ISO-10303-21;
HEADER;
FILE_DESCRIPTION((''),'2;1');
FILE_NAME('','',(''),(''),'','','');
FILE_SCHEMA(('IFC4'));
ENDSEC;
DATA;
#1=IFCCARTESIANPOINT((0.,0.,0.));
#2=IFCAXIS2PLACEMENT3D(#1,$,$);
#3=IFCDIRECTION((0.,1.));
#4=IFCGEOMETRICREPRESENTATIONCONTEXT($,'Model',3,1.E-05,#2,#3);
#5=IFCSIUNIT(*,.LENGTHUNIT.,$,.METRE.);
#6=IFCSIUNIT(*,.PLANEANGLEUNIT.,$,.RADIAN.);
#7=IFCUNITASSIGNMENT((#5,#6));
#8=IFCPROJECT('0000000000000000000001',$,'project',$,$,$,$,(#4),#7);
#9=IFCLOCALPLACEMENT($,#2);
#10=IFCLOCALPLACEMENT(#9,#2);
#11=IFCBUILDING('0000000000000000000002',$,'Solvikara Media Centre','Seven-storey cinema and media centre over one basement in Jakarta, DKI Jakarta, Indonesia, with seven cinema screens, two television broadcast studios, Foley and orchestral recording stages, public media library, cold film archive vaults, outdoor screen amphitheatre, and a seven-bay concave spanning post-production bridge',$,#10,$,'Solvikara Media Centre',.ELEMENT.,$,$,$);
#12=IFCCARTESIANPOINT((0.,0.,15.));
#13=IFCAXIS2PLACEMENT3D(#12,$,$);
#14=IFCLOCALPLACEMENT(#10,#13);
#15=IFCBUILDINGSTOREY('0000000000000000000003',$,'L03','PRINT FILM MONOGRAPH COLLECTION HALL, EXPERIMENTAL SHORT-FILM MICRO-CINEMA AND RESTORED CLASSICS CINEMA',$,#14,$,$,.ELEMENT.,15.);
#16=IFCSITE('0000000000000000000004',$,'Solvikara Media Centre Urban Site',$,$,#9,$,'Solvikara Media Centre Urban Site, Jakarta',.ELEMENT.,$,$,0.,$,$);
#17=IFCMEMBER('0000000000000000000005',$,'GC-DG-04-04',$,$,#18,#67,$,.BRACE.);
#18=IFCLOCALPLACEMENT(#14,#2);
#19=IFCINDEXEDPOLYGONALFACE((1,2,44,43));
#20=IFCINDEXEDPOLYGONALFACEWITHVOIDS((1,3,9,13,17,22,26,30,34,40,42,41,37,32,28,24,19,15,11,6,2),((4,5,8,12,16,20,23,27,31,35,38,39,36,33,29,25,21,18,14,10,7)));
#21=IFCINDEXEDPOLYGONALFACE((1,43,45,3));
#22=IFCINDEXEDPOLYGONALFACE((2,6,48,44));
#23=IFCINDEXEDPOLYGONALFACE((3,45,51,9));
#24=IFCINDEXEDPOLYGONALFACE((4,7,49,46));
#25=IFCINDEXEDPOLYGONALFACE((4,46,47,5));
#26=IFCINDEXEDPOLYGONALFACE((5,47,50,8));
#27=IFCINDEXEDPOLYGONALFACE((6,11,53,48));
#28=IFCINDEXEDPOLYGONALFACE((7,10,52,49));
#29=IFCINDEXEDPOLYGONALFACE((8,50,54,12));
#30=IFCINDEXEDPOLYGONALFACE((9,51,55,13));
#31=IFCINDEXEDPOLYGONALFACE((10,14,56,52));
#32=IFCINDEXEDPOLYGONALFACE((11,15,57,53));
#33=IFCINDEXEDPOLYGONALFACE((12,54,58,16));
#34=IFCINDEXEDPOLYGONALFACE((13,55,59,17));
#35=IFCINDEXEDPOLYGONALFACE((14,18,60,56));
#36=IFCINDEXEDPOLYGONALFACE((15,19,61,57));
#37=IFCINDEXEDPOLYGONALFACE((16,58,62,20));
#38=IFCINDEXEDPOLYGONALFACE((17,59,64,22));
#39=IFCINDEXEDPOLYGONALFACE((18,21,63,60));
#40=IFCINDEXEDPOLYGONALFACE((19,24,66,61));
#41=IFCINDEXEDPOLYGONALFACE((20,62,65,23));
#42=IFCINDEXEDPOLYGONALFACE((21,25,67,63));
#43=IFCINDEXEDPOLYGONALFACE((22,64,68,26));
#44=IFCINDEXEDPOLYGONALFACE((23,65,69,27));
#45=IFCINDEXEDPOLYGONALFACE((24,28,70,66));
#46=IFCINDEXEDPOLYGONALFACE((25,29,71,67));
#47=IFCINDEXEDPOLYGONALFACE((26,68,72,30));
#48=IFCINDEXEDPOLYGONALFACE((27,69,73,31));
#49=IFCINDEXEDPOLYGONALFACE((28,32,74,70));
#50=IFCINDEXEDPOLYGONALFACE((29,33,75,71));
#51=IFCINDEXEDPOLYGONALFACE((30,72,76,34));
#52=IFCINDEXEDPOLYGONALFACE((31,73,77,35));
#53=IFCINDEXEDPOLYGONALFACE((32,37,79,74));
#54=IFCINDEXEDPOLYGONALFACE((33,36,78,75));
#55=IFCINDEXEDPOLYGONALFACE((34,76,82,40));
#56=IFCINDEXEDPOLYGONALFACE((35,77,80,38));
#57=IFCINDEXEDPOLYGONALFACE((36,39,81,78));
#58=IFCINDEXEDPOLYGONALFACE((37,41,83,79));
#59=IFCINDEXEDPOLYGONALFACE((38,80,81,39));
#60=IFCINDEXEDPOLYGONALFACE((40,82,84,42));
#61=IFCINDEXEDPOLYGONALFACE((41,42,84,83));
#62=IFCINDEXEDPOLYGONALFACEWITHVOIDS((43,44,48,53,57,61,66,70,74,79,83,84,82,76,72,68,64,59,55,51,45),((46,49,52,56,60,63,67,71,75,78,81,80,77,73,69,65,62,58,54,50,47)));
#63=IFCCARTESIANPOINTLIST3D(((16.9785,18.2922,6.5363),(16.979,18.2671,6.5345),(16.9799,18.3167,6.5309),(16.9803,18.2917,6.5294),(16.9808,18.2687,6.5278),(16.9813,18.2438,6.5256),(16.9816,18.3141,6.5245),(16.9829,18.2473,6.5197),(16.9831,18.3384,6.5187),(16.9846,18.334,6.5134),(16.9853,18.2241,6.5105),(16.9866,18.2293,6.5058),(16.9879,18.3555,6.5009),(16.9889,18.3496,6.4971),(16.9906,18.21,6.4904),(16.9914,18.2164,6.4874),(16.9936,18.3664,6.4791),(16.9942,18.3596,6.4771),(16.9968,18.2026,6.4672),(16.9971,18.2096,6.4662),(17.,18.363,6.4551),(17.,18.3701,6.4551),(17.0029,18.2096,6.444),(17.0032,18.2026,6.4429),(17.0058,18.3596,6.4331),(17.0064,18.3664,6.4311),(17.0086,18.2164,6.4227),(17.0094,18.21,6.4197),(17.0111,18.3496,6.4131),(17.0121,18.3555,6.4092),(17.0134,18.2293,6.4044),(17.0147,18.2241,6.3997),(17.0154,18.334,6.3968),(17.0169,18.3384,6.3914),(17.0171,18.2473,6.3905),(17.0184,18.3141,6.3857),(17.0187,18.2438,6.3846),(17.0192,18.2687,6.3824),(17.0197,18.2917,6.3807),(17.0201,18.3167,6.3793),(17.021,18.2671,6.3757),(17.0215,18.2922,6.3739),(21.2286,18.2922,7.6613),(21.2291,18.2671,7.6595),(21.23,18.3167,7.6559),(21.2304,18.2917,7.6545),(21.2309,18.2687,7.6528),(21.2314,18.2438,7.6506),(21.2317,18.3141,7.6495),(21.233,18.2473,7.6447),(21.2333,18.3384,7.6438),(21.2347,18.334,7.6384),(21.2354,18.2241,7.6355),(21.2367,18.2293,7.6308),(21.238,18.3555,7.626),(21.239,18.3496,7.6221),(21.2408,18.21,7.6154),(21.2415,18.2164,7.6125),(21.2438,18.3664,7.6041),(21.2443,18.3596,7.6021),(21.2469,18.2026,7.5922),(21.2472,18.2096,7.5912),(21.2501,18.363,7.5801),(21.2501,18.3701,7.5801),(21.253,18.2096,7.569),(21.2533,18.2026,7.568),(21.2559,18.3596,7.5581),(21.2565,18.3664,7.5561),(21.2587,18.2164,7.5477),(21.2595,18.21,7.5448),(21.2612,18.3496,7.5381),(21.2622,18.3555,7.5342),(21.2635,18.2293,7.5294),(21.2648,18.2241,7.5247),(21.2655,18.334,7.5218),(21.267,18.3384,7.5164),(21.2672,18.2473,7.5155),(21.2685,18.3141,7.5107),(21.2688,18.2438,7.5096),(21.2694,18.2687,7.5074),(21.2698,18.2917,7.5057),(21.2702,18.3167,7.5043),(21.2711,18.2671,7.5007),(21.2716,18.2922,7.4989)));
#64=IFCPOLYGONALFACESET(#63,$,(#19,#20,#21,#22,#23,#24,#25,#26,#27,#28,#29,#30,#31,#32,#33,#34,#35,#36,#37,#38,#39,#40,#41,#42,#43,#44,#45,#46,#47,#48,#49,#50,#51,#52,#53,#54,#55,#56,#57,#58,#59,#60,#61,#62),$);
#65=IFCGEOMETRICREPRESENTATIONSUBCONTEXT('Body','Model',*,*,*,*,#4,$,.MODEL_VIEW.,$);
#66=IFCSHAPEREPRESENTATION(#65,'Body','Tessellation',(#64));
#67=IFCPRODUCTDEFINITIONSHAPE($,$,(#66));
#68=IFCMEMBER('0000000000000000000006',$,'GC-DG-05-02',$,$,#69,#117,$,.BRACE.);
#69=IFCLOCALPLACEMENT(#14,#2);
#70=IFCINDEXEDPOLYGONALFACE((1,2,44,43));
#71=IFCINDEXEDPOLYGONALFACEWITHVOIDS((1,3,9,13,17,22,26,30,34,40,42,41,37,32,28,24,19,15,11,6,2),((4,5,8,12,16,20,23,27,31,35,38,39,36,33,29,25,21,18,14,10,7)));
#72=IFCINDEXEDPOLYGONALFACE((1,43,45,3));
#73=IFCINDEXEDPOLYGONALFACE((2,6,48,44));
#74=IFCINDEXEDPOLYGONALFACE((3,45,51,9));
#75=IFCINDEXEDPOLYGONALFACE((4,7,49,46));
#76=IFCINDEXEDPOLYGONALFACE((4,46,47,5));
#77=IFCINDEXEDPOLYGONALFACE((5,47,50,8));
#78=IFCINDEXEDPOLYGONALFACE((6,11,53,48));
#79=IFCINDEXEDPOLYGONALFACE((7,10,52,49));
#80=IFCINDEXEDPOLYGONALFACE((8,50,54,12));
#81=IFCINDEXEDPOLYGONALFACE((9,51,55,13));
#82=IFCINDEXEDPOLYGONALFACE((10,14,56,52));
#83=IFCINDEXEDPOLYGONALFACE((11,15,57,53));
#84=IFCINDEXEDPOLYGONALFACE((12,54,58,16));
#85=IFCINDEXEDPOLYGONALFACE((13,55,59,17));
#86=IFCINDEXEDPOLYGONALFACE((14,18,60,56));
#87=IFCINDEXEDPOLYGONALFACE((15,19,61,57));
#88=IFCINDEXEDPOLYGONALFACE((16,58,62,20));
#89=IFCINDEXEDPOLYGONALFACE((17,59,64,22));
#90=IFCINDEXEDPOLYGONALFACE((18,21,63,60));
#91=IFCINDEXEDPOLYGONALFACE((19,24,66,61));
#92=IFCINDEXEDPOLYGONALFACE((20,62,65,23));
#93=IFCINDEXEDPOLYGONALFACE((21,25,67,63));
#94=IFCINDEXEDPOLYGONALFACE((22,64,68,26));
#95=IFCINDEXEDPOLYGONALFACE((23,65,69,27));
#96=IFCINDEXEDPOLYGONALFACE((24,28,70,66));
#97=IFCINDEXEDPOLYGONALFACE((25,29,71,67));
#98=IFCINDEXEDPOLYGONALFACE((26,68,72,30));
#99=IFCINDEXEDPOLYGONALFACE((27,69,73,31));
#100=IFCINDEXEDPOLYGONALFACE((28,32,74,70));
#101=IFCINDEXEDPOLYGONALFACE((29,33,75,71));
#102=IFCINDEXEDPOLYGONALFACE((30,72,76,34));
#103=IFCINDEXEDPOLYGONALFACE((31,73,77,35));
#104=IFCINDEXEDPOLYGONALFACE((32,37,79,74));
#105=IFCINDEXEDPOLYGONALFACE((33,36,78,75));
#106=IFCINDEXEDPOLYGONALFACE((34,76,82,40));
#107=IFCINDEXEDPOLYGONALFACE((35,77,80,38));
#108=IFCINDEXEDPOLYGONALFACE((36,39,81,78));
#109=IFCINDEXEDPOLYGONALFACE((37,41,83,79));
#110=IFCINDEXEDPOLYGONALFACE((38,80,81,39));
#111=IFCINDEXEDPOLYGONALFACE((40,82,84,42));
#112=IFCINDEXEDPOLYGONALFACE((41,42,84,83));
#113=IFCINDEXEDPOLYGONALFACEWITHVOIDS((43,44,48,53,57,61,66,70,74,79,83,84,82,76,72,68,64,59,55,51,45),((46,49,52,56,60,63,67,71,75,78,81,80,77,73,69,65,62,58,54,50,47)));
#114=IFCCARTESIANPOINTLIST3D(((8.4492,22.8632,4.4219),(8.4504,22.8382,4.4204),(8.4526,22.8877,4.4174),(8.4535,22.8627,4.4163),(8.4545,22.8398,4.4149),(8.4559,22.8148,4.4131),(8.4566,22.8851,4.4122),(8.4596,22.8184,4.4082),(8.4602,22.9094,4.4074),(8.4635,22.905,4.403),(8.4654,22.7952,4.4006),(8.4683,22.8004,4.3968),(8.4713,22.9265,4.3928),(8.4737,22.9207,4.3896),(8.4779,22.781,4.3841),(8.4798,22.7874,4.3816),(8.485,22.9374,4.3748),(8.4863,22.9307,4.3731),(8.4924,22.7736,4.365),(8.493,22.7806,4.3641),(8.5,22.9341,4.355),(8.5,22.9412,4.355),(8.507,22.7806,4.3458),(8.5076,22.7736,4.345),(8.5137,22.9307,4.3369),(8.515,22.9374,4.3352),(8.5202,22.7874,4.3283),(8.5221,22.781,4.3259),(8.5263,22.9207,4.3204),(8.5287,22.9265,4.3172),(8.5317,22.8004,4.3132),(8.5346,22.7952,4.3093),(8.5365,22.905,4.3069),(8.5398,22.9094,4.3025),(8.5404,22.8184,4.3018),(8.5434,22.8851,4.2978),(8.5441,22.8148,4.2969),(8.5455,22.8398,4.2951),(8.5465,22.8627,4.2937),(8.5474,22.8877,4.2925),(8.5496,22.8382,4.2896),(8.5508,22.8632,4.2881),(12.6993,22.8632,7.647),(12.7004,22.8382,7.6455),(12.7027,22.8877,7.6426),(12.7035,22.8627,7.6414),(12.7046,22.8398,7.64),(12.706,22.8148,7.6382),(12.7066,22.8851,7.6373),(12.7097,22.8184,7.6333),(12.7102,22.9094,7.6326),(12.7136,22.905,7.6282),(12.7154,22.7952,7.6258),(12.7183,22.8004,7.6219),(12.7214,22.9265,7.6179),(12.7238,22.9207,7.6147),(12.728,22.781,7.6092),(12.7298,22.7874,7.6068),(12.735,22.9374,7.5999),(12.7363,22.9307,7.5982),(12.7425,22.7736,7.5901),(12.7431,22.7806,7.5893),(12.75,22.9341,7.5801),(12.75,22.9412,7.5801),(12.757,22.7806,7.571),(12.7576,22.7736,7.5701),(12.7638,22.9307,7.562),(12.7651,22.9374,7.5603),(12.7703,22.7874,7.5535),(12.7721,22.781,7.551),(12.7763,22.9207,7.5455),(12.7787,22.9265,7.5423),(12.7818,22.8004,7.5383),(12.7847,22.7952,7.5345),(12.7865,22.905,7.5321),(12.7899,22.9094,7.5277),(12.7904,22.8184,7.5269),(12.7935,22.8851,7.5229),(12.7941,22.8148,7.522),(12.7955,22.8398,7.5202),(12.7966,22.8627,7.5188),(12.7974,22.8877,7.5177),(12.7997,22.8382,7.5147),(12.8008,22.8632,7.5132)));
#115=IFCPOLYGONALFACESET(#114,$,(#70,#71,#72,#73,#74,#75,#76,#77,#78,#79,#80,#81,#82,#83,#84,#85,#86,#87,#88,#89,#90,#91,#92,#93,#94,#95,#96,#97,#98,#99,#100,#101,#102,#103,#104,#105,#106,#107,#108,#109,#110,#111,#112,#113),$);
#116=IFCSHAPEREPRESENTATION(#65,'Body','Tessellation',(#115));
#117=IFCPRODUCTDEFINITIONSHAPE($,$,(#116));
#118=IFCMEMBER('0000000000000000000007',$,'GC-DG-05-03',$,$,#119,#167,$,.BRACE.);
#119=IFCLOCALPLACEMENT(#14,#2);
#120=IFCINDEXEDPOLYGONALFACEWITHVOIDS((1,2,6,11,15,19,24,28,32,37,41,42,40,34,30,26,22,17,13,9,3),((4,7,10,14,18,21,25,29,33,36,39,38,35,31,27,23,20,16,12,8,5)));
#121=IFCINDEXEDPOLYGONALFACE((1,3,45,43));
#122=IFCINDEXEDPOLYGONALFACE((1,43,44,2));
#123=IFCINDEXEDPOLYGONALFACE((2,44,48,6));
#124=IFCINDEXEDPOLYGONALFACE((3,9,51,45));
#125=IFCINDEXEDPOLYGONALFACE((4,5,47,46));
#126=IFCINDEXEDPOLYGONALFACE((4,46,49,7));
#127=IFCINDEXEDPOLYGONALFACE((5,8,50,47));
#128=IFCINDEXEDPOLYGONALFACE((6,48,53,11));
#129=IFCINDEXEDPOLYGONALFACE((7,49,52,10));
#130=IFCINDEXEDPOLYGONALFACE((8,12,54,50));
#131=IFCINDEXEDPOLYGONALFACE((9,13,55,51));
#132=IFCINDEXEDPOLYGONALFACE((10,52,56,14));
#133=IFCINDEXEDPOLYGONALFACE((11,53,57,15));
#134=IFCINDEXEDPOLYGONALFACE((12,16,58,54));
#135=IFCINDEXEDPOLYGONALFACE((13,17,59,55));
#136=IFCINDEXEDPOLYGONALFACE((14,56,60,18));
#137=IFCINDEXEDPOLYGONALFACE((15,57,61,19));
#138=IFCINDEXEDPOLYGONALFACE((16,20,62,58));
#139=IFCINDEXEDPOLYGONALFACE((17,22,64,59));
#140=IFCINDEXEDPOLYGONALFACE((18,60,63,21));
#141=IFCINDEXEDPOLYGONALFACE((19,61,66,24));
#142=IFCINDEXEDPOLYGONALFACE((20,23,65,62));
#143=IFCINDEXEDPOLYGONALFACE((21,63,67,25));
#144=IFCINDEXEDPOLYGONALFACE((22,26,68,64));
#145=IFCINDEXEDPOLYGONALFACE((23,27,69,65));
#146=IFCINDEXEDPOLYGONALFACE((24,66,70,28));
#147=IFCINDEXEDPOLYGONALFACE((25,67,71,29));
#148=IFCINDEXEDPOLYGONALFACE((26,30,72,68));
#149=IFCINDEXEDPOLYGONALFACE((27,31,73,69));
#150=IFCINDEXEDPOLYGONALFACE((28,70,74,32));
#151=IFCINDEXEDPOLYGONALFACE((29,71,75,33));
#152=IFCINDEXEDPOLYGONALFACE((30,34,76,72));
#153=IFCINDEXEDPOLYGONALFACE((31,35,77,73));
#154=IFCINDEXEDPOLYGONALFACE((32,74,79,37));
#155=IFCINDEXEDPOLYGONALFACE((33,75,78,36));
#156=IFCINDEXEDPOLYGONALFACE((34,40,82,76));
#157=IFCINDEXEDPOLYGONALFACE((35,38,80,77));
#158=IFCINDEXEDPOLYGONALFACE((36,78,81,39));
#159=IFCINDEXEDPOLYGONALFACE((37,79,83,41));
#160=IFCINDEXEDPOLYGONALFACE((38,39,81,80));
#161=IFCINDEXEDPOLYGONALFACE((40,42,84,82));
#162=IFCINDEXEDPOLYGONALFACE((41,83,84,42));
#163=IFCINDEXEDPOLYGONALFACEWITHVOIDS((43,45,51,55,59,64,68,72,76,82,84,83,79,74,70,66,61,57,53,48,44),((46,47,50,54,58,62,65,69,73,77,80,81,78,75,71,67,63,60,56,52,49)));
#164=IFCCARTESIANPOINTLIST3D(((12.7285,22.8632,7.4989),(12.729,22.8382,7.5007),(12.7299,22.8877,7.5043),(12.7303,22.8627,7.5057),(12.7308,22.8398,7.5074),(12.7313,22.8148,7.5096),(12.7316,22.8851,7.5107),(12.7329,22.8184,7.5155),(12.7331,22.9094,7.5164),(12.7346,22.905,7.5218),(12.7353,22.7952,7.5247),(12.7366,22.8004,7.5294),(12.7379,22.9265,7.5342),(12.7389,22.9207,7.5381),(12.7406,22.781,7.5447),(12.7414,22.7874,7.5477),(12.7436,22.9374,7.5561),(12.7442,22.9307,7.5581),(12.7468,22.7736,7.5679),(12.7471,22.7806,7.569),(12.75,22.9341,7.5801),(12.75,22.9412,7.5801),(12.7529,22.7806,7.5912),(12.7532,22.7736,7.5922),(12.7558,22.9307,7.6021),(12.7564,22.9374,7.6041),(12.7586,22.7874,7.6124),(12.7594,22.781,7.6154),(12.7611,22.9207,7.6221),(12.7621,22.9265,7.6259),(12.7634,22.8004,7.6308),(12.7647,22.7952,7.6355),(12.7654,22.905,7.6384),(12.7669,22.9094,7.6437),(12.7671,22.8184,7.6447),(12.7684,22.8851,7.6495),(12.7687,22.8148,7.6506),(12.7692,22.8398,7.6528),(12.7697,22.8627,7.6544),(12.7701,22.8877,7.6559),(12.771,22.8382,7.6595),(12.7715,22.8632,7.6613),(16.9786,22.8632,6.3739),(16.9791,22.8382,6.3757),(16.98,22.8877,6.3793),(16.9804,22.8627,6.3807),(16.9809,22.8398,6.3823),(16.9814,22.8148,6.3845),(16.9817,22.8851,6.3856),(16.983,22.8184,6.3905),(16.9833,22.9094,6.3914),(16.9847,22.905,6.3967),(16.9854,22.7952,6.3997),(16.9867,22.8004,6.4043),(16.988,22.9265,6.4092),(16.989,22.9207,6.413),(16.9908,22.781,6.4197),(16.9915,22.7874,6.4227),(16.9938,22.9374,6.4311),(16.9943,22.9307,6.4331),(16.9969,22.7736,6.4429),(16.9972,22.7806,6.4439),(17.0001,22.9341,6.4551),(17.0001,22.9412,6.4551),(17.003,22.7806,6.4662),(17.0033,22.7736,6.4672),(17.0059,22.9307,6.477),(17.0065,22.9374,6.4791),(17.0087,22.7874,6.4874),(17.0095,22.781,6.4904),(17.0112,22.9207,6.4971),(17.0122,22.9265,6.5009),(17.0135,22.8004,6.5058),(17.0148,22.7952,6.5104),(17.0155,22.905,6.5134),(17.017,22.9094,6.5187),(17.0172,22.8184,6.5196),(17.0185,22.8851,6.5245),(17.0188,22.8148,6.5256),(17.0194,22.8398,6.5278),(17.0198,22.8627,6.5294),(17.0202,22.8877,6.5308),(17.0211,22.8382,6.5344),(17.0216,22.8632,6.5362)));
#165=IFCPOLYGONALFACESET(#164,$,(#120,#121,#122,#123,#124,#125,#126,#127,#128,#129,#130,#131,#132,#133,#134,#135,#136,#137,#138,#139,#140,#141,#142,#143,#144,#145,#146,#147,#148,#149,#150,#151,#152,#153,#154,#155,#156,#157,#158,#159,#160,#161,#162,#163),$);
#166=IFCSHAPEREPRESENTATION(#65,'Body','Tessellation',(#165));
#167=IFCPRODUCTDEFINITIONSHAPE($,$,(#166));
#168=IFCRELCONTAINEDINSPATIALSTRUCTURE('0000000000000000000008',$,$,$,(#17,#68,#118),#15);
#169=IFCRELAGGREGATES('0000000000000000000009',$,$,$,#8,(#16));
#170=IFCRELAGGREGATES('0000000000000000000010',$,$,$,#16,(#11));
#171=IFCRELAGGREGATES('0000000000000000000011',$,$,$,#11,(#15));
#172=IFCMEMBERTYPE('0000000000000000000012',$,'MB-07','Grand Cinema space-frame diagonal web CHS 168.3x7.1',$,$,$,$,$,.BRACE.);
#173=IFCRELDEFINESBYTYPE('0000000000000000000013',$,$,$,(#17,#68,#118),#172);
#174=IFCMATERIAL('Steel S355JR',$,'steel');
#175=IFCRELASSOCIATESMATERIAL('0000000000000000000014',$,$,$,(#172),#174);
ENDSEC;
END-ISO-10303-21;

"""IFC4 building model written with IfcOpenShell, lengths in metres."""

from ifc_helpers import new_model, si_unit, direction, frame, origin, origin_2d, place, context, subcontext, project, spatial, hollow_circle, extrude, material, material_profile, profile_set, type_object, element, save


model = new_model("IFC4")

# Units and contexts
model_context = context("Model", 3, precision=1e-05, world=origin(), true_north=direction((0.0, 1.0)))
body_context = subcontext(model_context, "Body", "Model", "MODEL_VIEW")
ifc_project = project(units=[si_unit("LENGTHUNIT", "METRE"), si_unit("PLANEANGLEUNIT", "RADIAN")], contexts=[model_context])

# Site, building, storey
site_placement = place(None, origin())
site = spatial("IfcSite", under=ifc_project, at=site_placement, Name="Solvikara Media Centre Urban Site", LongName="Solvikara Media Centre Urban Site, Jakarta", CompositionType="ELEMENT", RefElevation=0.0)
building_placement = place(site_placement, origin())
building = spatial("IfcBuilding", under=site, at=building_placement, Name="Solvikara Media Centre", Description="Seven-storey cinema and media centre over one basement in Jakarta, DKI Jakarta, Indonesia, with seven cinema screens, two television broadcast studios, Foley and orchestral recording stages, public media library, cold film archive vaults, outdoor screen amphitheatre, and a seven-bay concave spanning post-production bridge", LongName="Solvikara Media Centre", CompositionType="ELEMENT")
storey_placement = place(building_placement, frame((0.0, 0.0, 15.0)))
storey = spatial("IfcBuildingStorey", under=building, at=storey_placement, Name="L03", Description="PRINT FILM MONOGRAPH COLLECTION HALL, EXPERIMENTAL SHORT-FILM MICRO-CINEMA AND RESTORED CLASSICS CINEMA", CompositionType="ELEMENT", Elevation=15.0)

# Members
ifc_material = material(Name="Steel S355JR", Category="steel")
ifc_material_profile_1 = material_profile(ifc_material, hollow_circle(Radius=0.0842, WallThickness=0.0071, at=origin_2d()), Name="CHS 168.3x7.1")
ifc_profile_set_1 = profile_set([ifc_material_profile_1], Name="Steel S355JR")
member_type_1 = type_object("IfcMemberType", Name="MB-07", Description="Grand Cinema space-frame diagonal web CHS 168.3x7.1", PredefinedType="BRACE", material=ifc_profile_set_1)
for number, where, z_axis, x_axis, name in (
    (1, (17.0, 18.2859, 6.4551), (0.966705, 0.0, 0.255893), (0.0, 1.0, 0.0), "GC-DG-04-04"),
):
    element("IfcMember", number, at=place(storey_placement, frame(where, z_axis=z_axis, x_axis=x_axis)), inside=storey, type_object=member_type_1, Name=name, PredefinedType="BRACE", context=body_context, shape_type="SweptSolid", body=[
        extrude(hollow_circle(Radius=0.0842, WallThickness=0.0071, at=origin_2d()), origin(), (0.0, 0.0, 1.0), 4.3965),
    ])
member_1_placement = place(storey_placement, frame((8.5, 22.8569, 4.355), z_axis=(0.796605, 0.0, 0.604501), x_axis=(0.0, 1.0, 0.0)))
element("IfcMember", 2, at=member_1_placement, inside=storey, type_object=member_type_1, Name="GC-DG-05-02", PredefinedType="BRACE", context=body_context, shape_type="SweptSolid", body=[
    extrude(hollow_circle(Radius=0.0842, WallThickness=0.0071, at=origin_2d()), origin(), (0.0, 0.0, 1.0), 5.3352),
])
for number, where, z_axis, x_axis, name in (
    (3, (12.75, 22.8569, 7.5801), (0.966705, 0.0, -0.255893), (0.0, 1.0, 0.0), "GC-DG-05-03"),
):
    element("IfcMember", number, at=place(storey_placement, frame(where, z_axis=z_axis, x_axis=x_axis)), inside=storey, type_object=member_type_1, Name=name, PredefinedType="BRACE", context=body_context, shape_type="SweptSolid", body=[
        extrude(hollow_circle(Radius=0.0842, WallThickness=0.0071, at=origin_2d()), origin(), (0.0, 0.0, 1.0), 4.3965),
    ])

save(model, "model.ifc")
